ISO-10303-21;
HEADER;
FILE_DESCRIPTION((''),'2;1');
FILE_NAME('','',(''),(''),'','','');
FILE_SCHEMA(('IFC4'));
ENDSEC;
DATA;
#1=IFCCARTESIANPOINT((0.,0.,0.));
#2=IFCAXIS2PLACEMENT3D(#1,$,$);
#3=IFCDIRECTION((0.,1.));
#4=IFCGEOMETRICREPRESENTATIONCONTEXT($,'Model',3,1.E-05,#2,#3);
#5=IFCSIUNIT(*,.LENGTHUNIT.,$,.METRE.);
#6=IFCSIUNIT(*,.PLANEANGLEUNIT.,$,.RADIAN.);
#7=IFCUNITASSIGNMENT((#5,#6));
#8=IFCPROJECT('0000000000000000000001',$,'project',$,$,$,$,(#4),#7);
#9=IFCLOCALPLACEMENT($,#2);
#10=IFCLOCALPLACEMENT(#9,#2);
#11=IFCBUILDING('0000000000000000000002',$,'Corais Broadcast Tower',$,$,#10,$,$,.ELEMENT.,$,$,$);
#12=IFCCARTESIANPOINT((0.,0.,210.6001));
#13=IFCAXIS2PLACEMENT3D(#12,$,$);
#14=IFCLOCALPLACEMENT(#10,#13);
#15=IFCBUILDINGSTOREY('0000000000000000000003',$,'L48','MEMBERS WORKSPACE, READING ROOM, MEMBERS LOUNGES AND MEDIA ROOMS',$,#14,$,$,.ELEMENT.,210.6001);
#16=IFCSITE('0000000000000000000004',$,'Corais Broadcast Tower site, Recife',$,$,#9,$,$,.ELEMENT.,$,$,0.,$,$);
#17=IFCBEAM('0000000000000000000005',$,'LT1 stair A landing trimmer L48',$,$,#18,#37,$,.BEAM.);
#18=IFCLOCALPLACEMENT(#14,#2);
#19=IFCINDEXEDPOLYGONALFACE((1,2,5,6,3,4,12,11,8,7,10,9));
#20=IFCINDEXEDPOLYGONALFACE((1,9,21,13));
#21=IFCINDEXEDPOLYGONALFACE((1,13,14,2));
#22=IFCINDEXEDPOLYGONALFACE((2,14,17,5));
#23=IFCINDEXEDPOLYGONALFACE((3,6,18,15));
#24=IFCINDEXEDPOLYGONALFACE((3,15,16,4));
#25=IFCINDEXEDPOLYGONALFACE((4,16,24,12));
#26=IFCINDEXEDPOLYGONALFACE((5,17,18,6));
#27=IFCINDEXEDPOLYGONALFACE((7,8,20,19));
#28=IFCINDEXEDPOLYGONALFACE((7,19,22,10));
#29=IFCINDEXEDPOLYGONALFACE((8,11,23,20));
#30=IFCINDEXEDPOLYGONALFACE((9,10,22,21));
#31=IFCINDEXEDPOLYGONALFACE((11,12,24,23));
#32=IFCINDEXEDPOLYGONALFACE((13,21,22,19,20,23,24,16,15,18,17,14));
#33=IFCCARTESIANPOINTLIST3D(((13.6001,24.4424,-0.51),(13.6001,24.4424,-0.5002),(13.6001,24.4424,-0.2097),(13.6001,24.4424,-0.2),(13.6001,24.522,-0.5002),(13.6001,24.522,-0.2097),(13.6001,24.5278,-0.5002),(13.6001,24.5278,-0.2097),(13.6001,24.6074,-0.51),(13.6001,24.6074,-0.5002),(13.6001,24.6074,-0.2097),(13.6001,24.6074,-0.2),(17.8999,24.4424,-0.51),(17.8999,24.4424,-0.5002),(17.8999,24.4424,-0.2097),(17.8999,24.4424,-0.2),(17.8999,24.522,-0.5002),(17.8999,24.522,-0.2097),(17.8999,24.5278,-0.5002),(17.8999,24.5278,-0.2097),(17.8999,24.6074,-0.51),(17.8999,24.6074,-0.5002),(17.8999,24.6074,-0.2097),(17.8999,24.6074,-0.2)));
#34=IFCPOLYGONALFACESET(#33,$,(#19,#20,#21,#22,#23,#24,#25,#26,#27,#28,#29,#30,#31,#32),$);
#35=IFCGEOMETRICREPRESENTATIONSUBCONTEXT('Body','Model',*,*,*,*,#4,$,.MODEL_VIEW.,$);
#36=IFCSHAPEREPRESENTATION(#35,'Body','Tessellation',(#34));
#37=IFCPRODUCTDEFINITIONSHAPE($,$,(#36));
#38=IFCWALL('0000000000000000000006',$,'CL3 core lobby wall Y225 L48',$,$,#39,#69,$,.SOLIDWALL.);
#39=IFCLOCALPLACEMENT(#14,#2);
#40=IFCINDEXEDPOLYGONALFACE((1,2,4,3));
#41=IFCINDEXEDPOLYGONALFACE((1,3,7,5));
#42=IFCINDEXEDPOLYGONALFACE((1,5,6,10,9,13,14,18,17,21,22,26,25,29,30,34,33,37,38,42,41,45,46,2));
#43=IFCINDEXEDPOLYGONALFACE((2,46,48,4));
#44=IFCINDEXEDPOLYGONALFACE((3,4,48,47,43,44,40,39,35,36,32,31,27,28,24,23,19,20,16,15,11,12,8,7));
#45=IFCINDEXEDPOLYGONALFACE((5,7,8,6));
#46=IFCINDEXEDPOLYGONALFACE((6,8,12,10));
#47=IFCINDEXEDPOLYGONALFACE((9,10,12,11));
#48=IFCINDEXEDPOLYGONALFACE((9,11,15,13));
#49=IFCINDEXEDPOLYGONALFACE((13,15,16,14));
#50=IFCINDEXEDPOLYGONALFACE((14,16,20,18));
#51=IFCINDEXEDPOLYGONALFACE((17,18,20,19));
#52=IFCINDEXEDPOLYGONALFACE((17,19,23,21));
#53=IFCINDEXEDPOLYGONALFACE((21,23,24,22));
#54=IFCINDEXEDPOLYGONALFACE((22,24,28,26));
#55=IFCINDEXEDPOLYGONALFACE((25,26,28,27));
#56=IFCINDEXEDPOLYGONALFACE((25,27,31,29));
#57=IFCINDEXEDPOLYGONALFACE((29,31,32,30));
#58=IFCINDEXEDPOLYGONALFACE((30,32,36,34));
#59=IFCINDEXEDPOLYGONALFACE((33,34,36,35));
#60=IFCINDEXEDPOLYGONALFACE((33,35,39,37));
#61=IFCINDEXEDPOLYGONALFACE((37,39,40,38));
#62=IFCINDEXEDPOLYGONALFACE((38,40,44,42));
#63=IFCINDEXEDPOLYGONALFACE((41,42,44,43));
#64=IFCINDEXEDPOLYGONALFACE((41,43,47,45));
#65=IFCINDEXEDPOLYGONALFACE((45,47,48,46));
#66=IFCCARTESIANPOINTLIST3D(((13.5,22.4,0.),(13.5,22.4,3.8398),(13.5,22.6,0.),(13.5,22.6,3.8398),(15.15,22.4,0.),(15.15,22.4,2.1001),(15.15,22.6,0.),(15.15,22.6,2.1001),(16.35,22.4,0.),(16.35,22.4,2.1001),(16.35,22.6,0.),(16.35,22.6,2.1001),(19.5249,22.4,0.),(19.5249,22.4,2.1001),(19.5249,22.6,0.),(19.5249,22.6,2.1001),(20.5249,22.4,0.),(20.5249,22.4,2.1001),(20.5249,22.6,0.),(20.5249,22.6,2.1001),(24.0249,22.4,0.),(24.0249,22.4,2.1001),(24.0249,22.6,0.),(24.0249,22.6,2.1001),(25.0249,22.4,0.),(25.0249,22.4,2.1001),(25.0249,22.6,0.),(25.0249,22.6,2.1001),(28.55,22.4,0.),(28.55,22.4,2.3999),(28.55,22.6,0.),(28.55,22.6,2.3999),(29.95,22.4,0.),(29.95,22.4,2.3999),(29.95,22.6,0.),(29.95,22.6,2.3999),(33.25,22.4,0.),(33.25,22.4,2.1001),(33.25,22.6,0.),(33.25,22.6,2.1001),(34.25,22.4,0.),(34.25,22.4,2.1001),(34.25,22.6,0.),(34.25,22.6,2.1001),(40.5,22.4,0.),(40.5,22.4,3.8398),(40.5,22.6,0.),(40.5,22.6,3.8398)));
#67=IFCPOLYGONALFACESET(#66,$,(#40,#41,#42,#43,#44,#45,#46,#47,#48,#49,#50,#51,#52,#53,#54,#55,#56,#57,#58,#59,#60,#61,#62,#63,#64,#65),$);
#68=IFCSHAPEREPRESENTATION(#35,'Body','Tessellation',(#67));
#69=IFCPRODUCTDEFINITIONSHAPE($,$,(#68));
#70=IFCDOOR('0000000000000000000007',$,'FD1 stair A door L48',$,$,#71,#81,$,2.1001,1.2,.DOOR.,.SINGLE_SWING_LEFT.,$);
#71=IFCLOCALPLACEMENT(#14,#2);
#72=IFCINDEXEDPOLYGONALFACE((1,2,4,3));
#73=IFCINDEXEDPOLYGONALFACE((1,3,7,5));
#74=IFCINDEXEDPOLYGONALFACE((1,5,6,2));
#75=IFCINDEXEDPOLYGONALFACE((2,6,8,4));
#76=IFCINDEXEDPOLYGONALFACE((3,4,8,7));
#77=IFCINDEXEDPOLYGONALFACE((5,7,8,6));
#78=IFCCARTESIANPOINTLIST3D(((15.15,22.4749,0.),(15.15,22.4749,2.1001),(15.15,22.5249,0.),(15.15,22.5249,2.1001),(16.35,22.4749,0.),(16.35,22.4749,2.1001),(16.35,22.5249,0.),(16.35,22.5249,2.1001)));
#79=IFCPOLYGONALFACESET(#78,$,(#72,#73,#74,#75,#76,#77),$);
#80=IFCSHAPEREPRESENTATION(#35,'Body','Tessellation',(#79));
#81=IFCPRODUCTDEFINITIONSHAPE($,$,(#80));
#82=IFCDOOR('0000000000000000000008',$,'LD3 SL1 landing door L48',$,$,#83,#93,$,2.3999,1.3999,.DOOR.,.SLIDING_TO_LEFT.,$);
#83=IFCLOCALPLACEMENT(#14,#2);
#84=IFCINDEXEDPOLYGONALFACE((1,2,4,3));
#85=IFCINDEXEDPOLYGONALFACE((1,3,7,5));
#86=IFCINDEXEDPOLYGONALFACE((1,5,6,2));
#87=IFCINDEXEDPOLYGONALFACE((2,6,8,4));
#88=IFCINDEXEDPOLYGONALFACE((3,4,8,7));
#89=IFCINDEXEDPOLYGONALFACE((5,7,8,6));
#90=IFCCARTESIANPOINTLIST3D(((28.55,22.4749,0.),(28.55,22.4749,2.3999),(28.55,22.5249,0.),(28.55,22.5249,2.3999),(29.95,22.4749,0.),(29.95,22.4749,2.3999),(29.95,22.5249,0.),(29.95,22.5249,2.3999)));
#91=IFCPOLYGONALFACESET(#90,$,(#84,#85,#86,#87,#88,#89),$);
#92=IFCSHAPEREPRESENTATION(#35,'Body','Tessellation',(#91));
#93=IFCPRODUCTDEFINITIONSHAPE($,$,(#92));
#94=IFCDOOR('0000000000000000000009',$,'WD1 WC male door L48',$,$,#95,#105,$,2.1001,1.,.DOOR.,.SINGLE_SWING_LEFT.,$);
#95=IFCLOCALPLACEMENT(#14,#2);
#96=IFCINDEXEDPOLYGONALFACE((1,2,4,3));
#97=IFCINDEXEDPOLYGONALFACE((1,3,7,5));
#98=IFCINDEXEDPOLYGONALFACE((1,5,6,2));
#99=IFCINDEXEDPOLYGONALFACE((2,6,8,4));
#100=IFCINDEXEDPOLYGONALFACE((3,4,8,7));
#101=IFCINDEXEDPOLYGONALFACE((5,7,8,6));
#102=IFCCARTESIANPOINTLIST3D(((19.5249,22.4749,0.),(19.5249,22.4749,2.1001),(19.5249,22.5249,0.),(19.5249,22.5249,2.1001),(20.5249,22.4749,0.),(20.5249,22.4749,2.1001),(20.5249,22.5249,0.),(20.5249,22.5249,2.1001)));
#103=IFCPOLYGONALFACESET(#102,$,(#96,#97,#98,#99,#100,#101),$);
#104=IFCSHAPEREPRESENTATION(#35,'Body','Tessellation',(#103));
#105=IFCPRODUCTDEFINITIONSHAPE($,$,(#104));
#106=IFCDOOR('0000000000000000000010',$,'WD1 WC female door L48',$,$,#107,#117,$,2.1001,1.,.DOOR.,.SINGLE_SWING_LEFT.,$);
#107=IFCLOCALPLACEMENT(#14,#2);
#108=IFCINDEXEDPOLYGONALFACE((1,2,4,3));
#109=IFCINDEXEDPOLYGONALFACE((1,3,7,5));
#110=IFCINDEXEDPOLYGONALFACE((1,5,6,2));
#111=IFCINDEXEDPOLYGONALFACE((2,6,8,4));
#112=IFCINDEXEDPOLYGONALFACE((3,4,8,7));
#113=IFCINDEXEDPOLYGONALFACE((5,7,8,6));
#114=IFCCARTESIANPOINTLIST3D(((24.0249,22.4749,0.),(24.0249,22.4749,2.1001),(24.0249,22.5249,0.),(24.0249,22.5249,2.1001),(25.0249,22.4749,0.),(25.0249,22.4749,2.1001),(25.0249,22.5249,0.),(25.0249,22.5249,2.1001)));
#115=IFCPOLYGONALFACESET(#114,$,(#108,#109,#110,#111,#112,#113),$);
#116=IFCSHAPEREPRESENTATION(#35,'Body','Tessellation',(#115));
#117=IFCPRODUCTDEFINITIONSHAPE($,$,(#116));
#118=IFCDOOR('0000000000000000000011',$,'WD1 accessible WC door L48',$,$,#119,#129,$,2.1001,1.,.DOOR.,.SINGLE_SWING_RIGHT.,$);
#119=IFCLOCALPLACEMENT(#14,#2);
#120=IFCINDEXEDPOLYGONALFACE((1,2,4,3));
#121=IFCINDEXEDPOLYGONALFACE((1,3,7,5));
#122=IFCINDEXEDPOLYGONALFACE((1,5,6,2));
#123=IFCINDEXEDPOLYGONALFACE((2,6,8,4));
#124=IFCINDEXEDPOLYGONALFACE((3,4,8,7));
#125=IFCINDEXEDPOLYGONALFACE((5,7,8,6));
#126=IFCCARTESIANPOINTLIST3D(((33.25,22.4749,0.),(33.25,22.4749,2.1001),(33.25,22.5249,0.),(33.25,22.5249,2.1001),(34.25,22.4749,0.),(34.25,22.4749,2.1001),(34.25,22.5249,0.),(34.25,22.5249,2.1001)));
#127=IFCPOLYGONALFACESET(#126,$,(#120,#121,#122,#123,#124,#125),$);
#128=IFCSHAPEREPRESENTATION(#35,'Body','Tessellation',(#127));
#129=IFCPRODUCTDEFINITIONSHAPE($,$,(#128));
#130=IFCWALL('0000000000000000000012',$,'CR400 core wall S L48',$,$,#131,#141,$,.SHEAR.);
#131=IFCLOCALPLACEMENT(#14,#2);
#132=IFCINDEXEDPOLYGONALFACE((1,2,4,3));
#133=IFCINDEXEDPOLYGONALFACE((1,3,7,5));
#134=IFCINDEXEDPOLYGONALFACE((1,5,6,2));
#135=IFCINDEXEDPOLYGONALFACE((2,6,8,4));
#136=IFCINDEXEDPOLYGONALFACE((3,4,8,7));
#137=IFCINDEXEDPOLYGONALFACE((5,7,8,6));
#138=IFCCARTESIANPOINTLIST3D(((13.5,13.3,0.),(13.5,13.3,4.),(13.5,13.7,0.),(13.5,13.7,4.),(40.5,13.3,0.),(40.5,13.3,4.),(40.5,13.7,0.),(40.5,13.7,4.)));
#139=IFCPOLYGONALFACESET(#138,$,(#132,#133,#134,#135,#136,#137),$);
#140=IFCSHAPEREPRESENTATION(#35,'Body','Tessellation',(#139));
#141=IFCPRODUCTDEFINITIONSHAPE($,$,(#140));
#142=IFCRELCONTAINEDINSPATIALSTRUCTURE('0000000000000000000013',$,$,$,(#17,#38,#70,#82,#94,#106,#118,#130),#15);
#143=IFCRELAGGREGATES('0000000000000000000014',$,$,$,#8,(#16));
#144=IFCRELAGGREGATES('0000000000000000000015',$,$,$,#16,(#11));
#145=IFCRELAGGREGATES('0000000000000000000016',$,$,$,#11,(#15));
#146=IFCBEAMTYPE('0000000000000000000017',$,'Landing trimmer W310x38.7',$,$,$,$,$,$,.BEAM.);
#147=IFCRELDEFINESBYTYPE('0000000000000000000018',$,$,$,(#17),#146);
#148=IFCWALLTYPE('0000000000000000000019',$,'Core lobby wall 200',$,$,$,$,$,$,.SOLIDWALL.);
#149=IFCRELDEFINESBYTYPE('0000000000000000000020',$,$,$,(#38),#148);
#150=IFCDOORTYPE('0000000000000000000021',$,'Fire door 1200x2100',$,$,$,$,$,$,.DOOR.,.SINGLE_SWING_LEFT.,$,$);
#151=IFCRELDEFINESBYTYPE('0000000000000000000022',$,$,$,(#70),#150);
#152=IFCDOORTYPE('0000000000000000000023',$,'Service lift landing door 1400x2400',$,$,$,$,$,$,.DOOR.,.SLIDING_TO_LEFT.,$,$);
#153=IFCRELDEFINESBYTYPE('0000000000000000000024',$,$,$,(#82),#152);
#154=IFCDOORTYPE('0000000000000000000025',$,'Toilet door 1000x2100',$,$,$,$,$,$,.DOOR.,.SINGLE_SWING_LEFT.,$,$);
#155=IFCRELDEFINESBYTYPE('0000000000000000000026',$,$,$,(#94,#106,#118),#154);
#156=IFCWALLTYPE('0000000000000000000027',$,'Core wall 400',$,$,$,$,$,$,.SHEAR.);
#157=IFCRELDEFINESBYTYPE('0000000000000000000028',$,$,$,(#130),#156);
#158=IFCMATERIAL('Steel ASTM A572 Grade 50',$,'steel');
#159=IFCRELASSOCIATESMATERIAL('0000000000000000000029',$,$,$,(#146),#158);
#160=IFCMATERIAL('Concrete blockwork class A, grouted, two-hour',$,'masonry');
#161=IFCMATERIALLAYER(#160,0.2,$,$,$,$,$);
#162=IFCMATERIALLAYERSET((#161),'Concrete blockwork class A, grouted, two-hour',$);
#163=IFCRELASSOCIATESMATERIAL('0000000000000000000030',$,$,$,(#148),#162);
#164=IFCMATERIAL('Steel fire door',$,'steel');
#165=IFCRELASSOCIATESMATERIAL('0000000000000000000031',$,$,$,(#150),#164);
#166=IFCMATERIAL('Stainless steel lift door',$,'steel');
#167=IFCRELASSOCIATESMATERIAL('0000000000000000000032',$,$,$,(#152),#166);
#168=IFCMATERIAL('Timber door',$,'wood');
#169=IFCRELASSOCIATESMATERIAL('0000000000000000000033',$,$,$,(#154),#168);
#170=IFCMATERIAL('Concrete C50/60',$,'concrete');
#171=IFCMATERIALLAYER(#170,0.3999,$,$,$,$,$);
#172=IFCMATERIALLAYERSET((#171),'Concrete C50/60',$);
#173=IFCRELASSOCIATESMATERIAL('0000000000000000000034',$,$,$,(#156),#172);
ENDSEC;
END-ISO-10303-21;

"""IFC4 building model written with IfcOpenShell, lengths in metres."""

from ifc_helpers import new_model, si_unit, direction, frame, frame_2d, origin, origin_2d, place, context, subcontext, project, spatial, rectangle, i_section, extrude, material, layer, layer_set, material_profile, profile_set, type_object, element, fill, save


model = new_model("IFC4")

# Units and contexts
model_context = context("Model", 3, precision=1e-05, world=origin(), true_north=direction((0.0, 1.0)))
body_context = subcontext(model_context, "Body", "Model", "MODEL_VIEW")
ifc_project = project(units=[si_unit("LENGTHUNIT", "METRE"), si_unit("PLANEANGLEUNIT", "RADIAN")], contexts=[model_context])

# Site, building, storey
site_placement = place(None, origin())
site = spatial("IfcSite", under=ifc_project, at=site_placement, Name="Corais Broadcast Tower site, Recife", CompositionType="ELEMENT", RefElevation=0.0)
building_placement = place(site_placement, origin())
building = spatial("IfcBuilding", under=site, at=building_placement, Name="Corais Broadcast Tower", CompositionType="ELEMENT")
storey_placement = place(building_placement, frame((0.0, 0.0, 210.6001)))
storey = spatial("IfcBuildingStorey", under=building, at=storey_placement, Name="L48", Description="MEMBERS WORKSPACE, READING ROOM, MEMBERS LOUNGES AND MEDIA ROOMS", CompositionType="ELEMENT", Elevation=210.6001)

# Beam
ifc_material_1 = material(Name="Steel ASTM A572 Grade 50", Category="steel")
ifc_material_profile = material_profile(ifc_material_1, i_section(OverallWidth=0.165, OverallDepth=0.3101, WebThickness=0.0059, FlangeThickness=0.0098, at=origin_2d()), Name="W310x38.7")
ifc_profile_set = profile_set([ifc_material_profile], Name="Steel ASTM A572 Grade 50")
beam_type = type_object("IfcBeamType", Name="Landing trimmer W310x38.7", PredefinedType="BEAM", material=ifc_profile_set)
beam_placement = place(storey_placement, frame((13.6001, 24.5249, -0.355), z_axis=(1.0, 0.0, 0.0), x_axis=(0.0, 1.0, 0.0)))
element("IfcBeam", 1, at=beam_placement, inside=storey, type_object=beam_type, Name="LT1 stair A landing trimmer L48", PredefinedType="BEAM", context=body_context, shape_type="SweptSolid", body=[
    extrude(i_section(OverallWidth=0.165, OverallDepth=0.3101, WebThickness=0.0059, FlangeThickness=0.0098, at=origin_2d()), origin(), (0.0, 0.0, 1.0), 4.2998),
])

# Wall, openings, doors
ifc_material_2 = material(Name="Concrete blockwork class A, grouted, two-hour", Category="masonry")
ifc_layer_1 = layer(ifc_material_2, 0.2)
ifc_layer_set_1 = layer_set([ifc_layer_1], Name="Concrete blockwork class A, grouted, two-hour")
wall_type_1 = type_object("IfcWallType", Name="Core lobby wall 200", PredefinedType="SOLIDWALL", material=ifc_layer_set_1)
wall_1_placement = place(storey_placement, frame((13.5, 22.5, 0.0), z_axis=(0.0, 0.0, 1.0), x_axis=(1.0, 0.0, 0.0)))
wall_1 = element("IfcWall", 2, at=wall_1_placement, inside=storey, type_object=wall_type_1, Name="CL3 core lobby wall Y225 L48", PredefinedType="SOLIDWALL", context=body_context, shape_type="SweptSolid", body=[
    extrude(rectangle(XDim=27.0, YDim=0.2, at=frame_2d((13.5, 0.0))), origin(), (0.0, 0.0, 1.0), 3.8398),
])
opening_1_placement = place(wall_1_placement, frame((1.6499, 0.0, 0.0)))
opening_1 = element("IfcOpeningElement", 3, at=opening_1_placement, cuts=wall_1, PredefinedType="OPENING", context=body_context, shape_type="SweptSolid", body=[
    extrude(rectangle(XDim=1.2, YDim=2.1001, at=frame_2d((0.6001, 1.05))), frame((0.0, 0.1099, 0.0), z_axis=(0.0, -1.0, 0.0), x_axis=(1.0, 0.0, 0.0)), (0.0, 0.0, 1.0), 0.22),
])
opening_2_placement = place(wall_1_placement, frame((6.0249, 0.0, 0.0)))
opening_2 = element("IfcOpeningElement", 4, at=opening_2_placement, cuts=wall_1, PredefinedType="OPENING", context=body_context, shape_type="SweptSolid", body=[
    extrude(rectangle(XDim=1.0, YDim=2.1001, at=frame_2d((0.5, 1.05))), frame((0.0, 0.1099, 0.0), z_axis=(0.0, -1.0, 0.0), x_axis=(1.0, 0.0, 0.0)), (0.0, 0.0, 1.0), 0.22),
])
opening_3_placement = place(wall_1_placement, frame((10.5249, 0.0, 0.0)))
opening_3 = element("IfcOpeningElement", 5, at=opening_3_placement, cuts=wall_1, PredefinedType="OPENING", context=body_context, shape_type="SweptSolid", body=[
    extrude(rectangle(XDim=1.0, YDim=2.1001, at=frame_2d((0.5, 1.05))), frame((0.0, 0.1099, 0.0), z_axis=(0.0, -1.0, 0.0), x_axis=(1.0, 0.0, 0.0)), (0.0, 0.0, 1.0), 0.22),
])
opening_4_placement = place(wall_1_placement, frame((19.75, 0.0, 0.0)))
opening_4 = element("IfcOpeningElement", 6, at=opening_4_placement, cuts=wall_1, PredefinedType="OPENING", context=body_context, shape_type="SweptSolid", body=[
    extrude(rectangle(XDim=1.0, YDim=2.1001, at=frame_2d((0.5, 1.05))), frame((0.0, 0.1099, 0.0), z_axis=(0.0, -1.0, 0.0), x_axis=(1.0, 0.0, 0.0)), (0.0, 0.0, 1.0), 0.22),
])
opening_5_placement = place(wall_1_placement, frame((15.05, 0.0, 0.0)))
opening_5 = element("IfcOpeningElement", 7, at=opening_5_placement, cuts=wall_1, PredefinedType="OPENING", context=body_context, shape_type="SweptSolid", body=[
    extrude(rectangle(XDim=1.3999, YDim=2.3999, at=frame_2d((0.7, 1.2))), frame((0.0, 0.1099, 0.0), z_axis=(0.0, -1.0, 0.0), x_axis=(1.0, 0.0, 0.0)), (0.0, 0.0, 1.0), 0.22),
])
ifc_material_3 = material(Name="Steel fire door", Category="steel")
door_type_1 = type_object("IfcDoorType", Name="Fire door 1200x2100", OperationType="SINGLE_SWING_LEFT", PredefinedType="DOOR", material=ifc_material_3)
door_1_placement = place(opening_1_placement, origin())
door_1 = element("IfcDoor", 8, at=door_1_placement, inside=storey, type_object=door_type_1, Name="FD1 stair A door L48", OperationType="SINGLE_SWING_LEFT", OverallHeight=2.1001, OverallWidth=1.2, PredefinedType="DOOR", context=body_context, shape_type="SweptSolid", body=[
    extrude(rectangle(XDim=1.2, YDim=2.1001, at=frame_2d((0.6001, 1.05))), frame((0.0, 0.0249, 0.0), z_axis=(0.0, -1.0, 0.0), x_axis=(1.0, 0.0, 0.0)), (0.0, 0.0, 1.0), 0.05),
])
fill(opening_1, door_1)
ifc_material_4 = material(Name="Stainless steel lift door", Category="steel")
door_type_2 = type_object("IfcDoorType", Name="Service lift landing door 1400x2400", OperationType="SLIDING_TO_LEFT", PredefinedType="DOOR", material=ifc_material_4)
door_2_placement = place(opening_5_placement, origin())
door_2 = element("IfcDoor", 9, at=door_2_placement, inside=storey, type_object=door_type_2, Name="LD3 SL1 landing door L48", OperationType="SLIDING_TO_LEFT", OverallHeight=2.3999, OverallWidth=1.3999, PredefinedType="DOOR", context=body_context, shape_type="SweptSolid", body=[
    extrude(rectangle(XDim=1.3999, YDim=2.3999, at=frame_2d((0.7, 1.2))), frame((0.0, 0.0249, 0.0), z_axis=(0.0, -1.0, 0.0), x_axis=(1.0, 0.0, 0.0)), (0.0, 0.0, 1.0), 0.05),
])
fill(opening_5, door_2)
ifc_material_5 = material(Name="Timber door", Category="wood")
door_type_3 = type_object("IfcDoorType", Name="Toilet door 1000x2100", OperationType="SINGLE_SWING_LEFT", PredefinedType="DOOR", material=ifc_material_5)
door_3_placement = place(opening_2_placement, origin())
door_3 = element("IfcDoor", 10, at=door_3_placement, inside=storey, type_object=door_type_3, Name="WD1 WC male door L48", OperationType="SINGLE_SWING_LEFT", OverallHeight=2.1001, OverallWidth=1.0, PredefinedType="DOOR", context=body_context, shape_type="SweptSolid", body=[
    extrude(rectangle(XDim=1.0, YDim=2.1001, at=frame_2d((0.5, 1.05))), frame((0.0, 0.0249, 0.0), z_axis=(0.0, -1.0, 0.0), x_axis=(1.0, 0.0, 0.0)), (0.0, 0.0, 1.0), 0.05),
])
fill(opening_2, door_3)
door_4_placement = place(opening_3_placement, origin())
door_4 = element("IfcDoor", 11, at=door_4_placement, inside=storey, type_object=door_type_3, Name="WD1 WC female door L48", OperationType="SINGLE_SWING_LEFT", OverallHeight=2.1001, OverallWidth=1.0, PredefinedType="DOOR", context=body_context, shape_type="SweptSolid", body=[
    extrude(rectangle(XDim=1.0, YDim=2.1001, at=frame_2d((0.5, 1.05))), frame((0.0, 0.0249, 0.0), z_axis=(0.0, -1.0, 0.0), x_axis=(1.0, 0.0, 0.0)), (0.0, 0.0, 1.0), 0.05),
])
fill(opening_3, door_4)
door_5_placement = place(opening_4_placement, origin())
door_5 = element("IfcDoor", 12, at=door_5_placement, inside=storey, type_object=door_type_3, Name="WD1 accessible WC door L48", OperationType="SINGLE_SWING_RIGHT", OverallHeight=2.1001, OverallWidth=1.0, PredefinedType="DOOR", context=body_context, shape_type="SweptSolid", body=[
    extrude(rectangle(XDim=1.0, YDim=2.1001, at=frame_2d((0.5, 1.05))), frame((0.0, 0.0249, 0.0), z_axis=(0.0, -1.0, 0.0), x_axis=(1.0, 0.0, 0.0)), (0.0, 0.0, 1.0), 0.05),
])
fill(opening_4, door_5)

# Wall
ifc_material_6 = material(Name="Concrete C50/60", Category="concrete")
ifc_layer_2 = layer(ifc_material_6, 0.3999)
ifc_layer_set_2 = layer_set([ifc_layer_2], Name="Concrete C50/60")
wall_type_2 = type_object("IfcWallType", Name="Core wall 400", PredefinedType="SHEAR", material=ifc_layer_set_2)
wall_2_placement = place(storey_placement, frame((13.5, 13.5, 0.0), z_axis=(0.0, 0.0, 1.0), x_axis=(1.0, 0.0, 0.0)))
element("IfcWall", 13, at=wall_2_placement, inside=storey, type_object=wall_type_2, Name="CR400 core wall S L48", PredefinedType="SHEAR", context=body_context, shape_type="SweptSolid", body=[
    extrude(rectangle(XDim=27.0, YDim=0.3999, at=frame_2d((13.5, 0.0))), origin(), (0.0, 0.0, 1.0), 4.0),
])

save(model, "model.ifc")
